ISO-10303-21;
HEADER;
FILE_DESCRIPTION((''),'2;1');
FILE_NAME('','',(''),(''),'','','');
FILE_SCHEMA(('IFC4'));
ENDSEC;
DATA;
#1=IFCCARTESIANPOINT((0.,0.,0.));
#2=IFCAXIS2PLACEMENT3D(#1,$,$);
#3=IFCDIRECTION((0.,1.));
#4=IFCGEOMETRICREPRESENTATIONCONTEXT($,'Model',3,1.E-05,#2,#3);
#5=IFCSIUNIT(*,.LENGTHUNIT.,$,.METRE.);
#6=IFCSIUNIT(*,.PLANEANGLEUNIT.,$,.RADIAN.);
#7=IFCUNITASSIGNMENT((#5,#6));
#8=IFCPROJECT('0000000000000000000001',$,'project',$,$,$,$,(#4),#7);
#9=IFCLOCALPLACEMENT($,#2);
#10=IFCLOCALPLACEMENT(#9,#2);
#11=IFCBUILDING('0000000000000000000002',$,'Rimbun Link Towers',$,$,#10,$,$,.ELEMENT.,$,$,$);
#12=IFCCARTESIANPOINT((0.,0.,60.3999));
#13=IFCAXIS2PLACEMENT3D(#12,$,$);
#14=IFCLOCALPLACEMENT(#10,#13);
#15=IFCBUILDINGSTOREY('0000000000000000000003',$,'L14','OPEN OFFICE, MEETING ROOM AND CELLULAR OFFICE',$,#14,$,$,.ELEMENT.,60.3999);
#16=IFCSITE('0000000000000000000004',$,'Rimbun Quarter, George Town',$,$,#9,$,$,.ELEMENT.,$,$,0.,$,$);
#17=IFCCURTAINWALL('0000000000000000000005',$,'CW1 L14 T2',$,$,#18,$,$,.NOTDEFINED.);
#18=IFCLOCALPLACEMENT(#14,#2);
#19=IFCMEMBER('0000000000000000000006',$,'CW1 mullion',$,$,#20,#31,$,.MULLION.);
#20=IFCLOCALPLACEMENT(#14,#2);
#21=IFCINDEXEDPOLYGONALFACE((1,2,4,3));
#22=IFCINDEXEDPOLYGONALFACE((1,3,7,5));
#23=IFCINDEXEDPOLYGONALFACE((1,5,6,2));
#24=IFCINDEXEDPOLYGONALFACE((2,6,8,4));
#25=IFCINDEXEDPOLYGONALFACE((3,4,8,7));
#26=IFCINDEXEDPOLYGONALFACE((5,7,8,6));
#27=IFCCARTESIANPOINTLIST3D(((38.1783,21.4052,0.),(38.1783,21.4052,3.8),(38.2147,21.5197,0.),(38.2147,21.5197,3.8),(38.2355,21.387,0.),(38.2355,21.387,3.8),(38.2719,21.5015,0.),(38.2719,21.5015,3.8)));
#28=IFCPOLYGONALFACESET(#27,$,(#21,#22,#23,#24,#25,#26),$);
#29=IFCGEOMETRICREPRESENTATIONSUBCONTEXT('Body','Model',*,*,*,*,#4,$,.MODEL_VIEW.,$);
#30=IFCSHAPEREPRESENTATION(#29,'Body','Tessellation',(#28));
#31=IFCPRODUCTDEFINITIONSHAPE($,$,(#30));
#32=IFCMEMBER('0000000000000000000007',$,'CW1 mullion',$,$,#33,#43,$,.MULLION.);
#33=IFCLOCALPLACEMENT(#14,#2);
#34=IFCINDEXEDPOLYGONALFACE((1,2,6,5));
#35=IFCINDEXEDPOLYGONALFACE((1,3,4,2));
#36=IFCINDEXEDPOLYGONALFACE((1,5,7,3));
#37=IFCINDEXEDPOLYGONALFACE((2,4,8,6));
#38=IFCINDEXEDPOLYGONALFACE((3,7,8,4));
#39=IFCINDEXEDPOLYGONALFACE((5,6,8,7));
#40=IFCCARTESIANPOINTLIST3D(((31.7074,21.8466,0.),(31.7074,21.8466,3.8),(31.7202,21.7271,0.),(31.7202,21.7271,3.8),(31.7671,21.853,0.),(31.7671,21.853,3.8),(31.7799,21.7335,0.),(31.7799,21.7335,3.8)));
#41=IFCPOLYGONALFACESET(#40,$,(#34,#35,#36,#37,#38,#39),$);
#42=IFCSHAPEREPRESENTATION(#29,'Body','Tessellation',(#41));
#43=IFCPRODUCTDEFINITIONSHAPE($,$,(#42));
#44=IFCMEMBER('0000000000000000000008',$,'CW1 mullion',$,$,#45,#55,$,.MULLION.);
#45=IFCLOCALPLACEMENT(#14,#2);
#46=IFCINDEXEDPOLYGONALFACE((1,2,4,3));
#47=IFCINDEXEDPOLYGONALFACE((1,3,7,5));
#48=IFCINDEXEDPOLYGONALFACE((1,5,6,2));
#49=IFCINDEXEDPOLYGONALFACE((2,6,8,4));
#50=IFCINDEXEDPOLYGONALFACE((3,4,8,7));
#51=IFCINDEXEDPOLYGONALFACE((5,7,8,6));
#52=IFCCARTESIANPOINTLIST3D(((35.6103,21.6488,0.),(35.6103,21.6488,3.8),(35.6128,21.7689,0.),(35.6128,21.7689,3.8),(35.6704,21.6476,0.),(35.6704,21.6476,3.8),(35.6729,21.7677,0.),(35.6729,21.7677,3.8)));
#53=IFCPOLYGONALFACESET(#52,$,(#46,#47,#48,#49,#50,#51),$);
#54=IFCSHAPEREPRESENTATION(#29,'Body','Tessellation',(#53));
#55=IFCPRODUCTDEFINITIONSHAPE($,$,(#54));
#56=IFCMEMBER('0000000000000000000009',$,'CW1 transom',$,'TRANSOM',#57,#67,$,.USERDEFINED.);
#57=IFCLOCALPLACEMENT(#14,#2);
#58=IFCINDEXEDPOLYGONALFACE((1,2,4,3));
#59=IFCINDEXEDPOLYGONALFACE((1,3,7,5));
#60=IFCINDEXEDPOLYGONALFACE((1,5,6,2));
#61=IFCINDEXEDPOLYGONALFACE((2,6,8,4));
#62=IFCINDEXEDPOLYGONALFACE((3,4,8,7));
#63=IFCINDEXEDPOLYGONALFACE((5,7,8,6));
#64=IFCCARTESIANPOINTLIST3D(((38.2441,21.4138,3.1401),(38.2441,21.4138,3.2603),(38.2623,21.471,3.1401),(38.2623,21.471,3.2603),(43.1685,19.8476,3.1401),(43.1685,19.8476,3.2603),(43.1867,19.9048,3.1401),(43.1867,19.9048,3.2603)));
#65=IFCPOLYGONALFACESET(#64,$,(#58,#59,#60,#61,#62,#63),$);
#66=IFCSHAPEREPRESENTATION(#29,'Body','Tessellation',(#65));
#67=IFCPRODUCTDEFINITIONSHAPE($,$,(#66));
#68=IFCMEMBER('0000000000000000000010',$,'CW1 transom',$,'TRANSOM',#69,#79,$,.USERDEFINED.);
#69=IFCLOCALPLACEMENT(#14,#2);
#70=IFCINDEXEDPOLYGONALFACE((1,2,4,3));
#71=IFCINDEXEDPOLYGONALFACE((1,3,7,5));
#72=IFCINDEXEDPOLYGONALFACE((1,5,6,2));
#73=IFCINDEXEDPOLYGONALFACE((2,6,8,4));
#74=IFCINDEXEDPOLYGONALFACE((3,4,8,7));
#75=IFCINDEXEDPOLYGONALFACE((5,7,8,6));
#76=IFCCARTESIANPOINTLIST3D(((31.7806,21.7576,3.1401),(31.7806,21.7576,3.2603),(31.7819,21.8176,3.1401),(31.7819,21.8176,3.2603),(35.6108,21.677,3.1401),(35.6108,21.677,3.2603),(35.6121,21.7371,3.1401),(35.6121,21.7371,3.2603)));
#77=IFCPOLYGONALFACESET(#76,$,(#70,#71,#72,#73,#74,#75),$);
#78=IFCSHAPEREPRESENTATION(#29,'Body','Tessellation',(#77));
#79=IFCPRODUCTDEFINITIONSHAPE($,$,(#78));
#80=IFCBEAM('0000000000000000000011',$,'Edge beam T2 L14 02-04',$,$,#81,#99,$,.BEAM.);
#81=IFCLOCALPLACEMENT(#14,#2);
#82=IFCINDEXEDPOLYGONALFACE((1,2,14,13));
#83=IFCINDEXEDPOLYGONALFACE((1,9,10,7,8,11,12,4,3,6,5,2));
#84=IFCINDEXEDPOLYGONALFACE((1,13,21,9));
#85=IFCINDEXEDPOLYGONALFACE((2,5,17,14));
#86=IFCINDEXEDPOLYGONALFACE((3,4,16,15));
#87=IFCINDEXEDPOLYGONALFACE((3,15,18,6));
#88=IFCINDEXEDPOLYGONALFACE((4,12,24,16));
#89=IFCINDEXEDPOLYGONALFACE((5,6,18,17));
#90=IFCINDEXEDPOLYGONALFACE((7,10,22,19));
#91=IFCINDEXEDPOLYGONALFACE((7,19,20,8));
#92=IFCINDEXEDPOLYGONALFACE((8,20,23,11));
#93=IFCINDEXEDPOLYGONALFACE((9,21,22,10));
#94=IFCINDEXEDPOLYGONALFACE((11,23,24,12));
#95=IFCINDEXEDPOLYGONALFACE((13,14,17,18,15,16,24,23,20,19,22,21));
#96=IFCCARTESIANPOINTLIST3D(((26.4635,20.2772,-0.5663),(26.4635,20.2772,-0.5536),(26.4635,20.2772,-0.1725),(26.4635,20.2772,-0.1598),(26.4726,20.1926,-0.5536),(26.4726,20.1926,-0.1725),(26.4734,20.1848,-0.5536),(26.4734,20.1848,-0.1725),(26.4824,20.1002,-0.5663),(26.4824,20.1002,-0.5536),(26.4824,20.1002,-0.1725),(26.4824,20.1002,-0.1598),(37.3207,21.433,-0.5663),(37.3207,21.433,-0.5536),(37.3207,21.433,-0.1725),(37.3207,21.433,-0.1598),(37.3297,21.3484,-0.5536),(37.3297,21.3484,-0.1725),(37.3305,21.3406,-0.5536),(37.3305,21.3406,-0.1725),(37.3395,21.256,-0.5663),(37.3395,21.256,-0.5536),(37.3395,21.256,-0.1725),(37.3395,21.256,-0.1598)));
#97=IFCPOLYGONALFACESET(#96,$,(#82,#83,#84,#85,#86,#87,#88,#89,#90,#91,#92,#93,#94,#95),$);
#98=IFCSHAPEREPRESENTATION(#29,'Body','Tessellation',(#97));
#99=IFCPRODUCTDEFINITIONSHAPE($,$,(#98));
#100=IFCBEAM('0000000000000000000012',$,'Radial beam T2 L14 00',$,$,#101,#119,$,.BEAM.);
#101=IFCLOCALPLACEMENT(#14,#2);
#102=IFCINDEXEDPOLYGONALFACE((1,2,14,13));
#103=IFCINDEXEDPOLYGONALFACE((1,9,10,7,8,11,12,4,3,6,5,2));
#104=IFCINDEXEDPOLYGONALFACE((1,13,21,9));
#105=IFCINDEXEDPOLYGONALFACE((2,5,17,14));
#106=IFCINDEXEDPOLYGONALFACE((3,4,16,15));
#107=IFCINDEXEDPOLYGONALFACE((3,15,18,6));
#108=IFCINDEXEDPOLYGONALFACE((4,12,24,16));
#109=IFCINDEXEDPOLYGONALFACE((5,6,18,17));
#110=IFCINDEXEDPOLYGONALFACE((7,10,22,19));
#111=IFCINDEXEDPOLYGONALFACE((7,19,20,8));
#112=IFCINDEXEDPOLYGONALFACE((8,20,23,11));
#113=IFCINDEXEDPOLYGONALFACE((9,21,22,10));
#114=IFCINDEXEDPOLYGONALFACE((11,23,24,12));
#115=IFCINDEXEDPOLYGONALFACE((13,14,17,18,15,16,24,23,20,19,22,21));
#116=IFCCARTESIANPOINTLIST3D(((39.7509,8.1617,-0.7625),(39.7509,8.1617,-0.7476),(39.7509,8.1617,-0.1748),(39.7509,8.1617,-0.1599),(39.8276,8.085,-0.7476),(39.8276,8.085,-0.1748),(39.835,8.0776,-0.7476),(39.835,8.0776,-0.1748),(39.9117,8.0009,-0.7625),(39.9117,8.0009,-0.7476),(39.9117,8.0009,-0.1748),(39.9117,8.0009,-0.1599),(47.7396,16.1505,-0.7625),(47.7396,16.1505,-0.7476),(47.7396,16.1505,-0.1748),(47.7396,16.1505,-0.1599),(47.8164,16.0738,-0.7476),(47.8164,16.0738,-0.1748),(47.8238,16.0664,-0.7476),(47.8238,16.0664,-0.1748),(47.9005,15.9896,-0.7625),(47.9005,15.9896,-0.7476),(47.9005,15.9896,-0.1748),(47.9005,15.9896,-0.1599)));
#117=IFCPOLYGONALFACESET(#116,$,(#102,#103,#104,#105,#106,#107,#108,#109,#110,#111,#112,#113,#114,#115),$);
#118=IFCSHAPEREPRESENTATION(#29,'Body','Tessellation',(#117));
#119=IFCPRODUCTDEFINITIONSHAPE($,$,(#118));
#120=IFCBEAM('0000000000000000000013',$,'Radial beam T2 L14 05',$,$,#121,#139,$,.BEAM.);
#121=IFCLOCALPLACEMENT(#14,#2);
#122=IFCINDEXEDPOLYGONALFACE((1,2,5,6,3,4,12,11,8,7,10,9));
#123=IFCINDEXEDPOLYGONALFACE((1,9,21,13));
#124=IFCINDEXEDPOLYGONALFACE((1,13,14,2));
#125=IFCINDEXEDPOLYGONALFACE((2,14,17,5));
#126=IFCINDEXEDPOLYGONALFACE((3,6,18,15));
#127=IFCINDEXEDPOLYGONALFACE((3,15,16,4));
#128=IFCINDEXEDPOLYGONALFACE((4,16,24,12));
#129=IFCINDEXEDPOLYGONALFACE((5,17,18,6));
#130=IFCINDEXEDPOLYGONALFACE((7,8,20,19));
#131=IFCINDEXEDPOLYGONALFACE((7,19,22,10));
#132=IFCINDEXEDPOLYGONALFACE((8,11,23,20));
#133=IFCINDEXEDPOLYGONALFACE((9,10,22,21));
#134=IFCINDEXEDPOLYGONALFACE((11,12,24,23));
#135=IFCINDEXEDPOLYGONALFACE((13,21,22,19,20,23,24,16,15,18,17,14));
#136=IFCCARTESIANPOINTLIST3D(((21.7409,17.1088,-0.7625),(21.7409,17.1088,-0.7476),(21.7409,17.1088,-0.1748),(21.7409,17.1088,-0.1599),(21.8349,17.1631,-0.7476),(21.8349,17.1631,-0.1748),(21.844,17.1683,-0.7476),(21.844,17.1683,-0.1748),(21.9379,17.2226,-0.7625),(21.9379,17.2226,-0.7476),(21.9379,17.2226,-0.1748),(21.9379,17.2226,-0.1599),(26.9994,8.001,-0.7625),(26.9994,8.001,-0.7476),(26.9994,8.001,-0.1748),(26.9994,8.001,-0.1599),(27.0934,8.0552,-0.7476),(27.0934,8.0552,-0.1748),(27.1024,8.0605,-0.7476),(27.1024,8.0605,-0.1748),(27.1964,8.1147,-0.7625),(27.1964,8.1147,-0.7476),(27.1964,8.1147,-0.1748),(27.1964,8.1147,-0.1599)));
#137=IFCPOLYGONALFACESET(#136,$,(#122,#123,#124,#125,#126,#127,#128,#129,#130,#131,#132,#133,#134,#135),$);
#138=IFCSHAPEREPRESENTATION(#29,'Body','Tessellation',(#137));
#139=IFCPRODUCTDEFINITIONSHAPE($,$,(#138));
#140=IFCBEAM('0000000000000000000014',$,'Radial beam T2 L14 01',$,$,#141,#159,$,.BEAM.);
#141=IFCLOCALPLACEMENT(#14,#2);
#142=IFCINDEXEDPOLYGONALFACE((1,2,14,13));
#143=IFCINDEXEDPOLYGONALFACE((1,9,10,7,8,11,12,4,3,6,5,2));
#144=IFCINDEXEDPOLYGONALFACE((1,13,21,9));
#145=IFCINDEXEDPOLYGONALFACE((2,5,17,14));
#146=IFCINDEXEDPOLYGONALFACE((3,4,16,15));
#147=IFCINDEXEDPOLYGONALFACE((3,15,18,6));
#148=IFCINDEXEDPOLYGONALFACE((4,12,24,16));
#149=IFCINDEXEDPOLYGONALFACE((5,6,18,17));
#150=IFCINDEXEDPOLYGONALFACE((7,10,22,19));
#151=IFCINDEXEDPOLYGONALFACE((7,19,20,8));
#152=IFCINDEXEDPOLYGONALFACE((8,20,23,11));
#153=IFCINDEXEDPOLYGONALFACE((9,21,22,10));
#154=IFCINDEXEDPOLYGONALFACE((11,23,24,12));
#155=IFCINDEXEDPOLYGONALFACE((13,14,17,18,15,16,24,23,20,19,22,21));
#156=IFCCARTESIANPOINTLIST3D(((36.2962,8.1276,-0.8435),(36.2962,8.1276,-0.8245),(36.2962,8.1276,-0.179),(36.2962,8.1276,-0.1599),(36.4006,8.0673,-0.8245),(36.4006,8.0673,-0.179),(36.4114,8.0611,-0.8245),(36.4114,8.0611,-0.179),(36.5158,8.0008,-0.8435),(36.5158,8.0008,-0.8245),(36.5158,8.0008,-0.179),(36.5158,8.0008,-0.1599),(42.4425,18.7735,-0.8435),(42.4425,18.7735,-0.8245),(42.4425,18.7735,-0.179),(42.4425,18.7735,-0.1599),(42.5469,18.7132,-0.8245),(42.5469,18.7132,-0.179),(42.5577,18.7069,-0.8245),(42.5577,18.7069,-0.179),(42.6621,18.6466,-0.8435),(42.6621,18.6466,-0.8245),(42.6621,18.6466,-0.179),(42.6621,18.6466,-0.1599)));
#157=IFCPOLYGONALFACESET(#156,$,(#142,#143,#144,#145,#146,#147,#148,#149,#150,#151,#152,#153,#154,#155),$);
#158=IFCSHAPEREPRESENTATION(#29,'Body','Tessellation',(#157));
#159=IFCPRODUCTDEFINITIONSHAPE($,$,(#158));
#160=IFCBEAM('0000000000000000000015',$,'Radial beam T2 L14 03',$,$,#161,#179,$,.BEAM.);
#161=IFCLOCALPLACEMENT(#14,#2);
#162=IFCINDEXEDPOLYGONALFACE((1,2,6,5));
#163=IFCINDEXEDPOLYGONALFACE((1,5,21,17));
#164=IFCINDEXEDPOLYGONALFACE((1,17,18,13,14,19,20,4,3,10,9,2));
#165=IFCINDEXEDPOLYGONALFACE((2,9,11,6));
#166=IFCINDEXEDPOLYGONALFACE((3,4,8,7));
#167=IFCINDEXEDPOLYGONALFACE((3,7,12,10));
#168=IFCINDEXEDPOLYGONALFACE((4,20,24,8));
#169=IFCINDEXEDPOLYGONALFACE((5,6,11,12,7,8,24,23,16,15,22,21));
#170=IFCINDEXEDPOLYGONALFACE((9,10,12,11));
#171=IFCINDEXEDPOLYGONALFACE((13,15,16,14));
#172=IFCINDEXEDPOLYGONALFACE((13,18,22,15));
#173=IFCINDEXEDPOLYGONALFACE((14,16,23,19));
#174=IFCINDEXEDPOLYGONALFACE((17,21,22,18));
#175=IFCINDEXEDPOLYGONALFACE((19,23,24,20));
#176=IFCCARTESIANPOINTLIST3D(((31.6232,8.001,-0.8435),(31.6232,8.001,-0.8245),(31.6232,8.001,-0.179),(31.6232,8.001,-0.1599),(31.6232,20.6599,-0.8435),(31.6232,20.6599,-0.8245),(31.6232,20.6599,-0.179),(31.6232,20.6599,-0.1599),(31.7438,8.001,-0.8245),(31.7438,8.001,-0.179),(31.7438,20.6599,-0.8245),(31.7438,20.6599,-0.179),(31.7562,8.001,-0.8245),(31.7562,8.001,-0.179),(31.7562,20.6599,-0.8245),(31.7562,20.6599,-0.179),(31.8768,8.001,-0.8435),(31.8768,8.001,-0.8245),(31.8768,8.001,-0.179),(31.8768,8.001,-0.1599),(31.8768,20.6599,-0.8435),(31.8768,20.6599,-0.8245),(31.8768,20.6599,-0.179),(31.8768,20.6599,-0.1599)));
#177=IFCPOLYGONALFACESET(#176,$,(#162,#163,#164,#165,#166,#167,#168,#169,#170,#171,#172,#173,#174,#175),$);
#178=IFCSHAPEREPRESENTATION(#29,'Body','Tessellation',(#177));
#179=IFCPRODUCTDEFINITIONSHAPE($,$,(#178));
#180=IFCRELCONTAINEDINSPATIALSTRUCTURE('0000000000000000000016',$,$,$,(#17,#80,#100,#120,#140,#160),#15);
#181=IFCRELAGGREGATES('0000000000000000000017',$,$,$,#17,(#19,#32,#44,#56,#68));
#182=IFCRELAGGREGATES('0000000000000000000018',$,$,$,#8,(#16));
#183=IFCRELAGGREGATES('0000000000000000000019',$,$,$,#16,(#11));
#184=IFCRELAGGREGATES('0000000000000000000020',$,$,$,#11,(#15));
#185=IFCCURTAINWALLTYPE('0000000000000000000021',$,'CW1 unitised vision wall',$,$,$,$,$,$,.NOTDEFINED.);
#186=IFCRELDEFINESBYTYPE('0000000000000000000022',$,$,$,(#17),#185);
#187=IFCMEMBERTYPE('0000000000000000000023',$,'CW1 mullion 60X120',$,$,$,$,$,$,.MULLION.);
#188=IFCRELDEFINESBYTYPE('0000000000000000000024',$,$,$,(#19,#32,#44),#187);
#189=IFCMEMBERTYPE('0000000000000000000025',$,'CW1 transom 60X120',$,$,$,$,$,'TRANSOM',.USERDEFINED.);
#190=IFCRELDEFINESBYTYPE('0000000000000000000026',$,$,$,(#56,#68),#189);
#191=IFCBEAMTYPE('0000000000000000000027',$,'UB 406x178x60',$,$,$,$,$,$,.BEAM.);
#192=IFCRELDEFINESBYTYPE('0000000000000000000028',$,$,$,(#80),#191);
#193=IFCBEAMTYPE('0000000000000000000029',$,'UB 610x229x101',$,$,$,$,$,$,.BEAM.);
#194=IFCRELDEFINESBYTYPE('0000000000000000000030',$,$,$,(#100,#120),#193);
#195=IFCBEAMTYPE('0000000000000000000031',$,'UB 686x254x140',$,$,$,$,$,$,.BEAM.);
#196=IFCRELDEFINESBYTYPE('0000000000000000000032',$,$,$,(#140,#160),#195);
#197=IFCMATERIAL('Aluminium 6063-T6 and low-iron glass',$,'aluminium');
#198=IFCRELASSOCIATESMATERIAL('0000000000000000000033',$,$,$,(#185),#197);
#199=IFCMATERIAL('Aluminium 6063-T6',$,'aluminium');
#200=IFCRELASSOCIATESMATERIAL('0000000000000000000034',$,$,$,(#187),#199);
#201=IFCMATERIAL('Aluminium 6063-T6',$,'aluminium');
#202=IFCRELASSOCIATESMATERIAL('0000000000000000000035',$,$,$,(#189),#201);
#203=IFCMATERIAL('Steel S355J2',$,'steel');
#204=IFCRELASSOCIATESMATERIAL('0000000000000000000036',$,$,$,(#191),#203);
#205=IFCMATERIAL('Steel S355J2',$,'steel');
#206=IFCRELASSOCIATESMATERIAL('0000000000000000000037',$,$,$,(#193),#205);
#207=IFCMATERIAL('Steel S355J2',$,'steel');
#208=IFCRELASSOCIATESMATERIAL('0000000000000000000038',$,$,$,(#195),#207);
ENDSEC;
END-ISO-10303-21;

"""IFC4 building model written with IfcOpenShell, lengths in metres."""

from ifc_helpers import new_model, si_unit, direction, frame, origin, origin_2d, place, context, subcontext, project, spatial, rectangle, i_section, extrude, material, material_profile, profile_set, type_object, element, aggregate, save


model = new_model("IFC4")

# Units and contexts
model_context = context("Model", 3, precision=1e-05, world=origin(), true_north=direction((0.0, 1.0)))
body_context = subcontext(model_context, "Body", "Model", "MODEL_VIEW")
ifc_project = project(units=[si_unit("LENGTHUNIT", "METRE"), si_unit("PLANEANGLEUNIT", "RADIAN")], contexts=[model_context])

# Site, building, storey
site_placement = place(None, origin())
site = spatial("IfcSite", under=ifc_project, at=site_placement, Name="Rimbun Quarter, George Town", CompositionType="ELEMENT", RefElevation=0.0)
building_placement = place(site_placement, origin())
building = spatial("IfcBuilding", under=site, at=building_placement, Name="Rimbun Link Towers", CompositionType="ELEMENT")
storey_placement = place(building_placement, frame((0.0, 0.0, 60.3999)))
storey = spatial("IfcBuildingStorey", under=building, at=storey_placement, Name="L14", Description="OPEN OFFICE, MEETING ROOM AND CELLULAR OFFICE", CompositionType="ELEMENT", Elevation=60.3999)

# Curtain wall, members
ifc_material_1 = material(Name="Aluminium 6063-T6 and low-iron glass", Category="aluminium")
curtain_wall_type = type_object("IfcCurtainWallType", Name="CW1 unitised vision wall", PredefinedType="NOTDEFINED", material=ifc_material_1)
curtain_wall_placement = place(storey_placement, origin())
curtain_wall = element("IfcCurtainWall", 1, at=curtain_wall_placement, inside=storey, type_object=curtain_wall_type, Name="CW1 L14 T2", PredefinedType="NOTDEFINED")
ifc_material_2 = material(Name="Aluminium 6063-T6", Category="aluminium")
ifc_material_profile_1 = material_profile(ifc_material_2, rectangle(XDim=0.1201, YDim=0.0601, at=origin_2d()), Name="MULLION 60X120")
ifc_profile_set_1 = profile_set([ifc_material_profile_1], Name="Aluminium 6063-T6")
member_type_1 = type_object("IfcMemberType", Name="CW1 mullion 60X120", PredefinedType="MULLION", material=ifc_profile_set_1)
member_1_placement = place(storey_placement, frame((38.2251, 21.4534, 0.0), z_axis=(0.0, 0.0, 1.0), x_axis=(0.303073, 0.952967, 0.0)))
member_1 = element("IfcMember", 2, at=member_1_placement, type_object=member_type_1, Name="CW1 mullion", PredefinedType="MULLION", context=body_context, shape_type="SweptSolid", body=[
    extrude(rectangle(XDim=0.1201, YDim=0.0601, at=origin_2d()), origin(), (0.0, 0.0, 1.0), 3.8),
])
member_2_placement = place(storey_placement, frame((31.7437, 21.79, 0.0), z_axis=(0.0, 0.0, 1.0), x_axis=(-0.10664, 0.994298, 0.0)))
member_2 = element("IfcMember", 3, at=member_2_placement, type_object=member_type_1, Name="CW1 mullion", PredefinedType="MULLION", context=body_context, shape_type="SweptSolid", body=[
    extrude(rectangle(XDim=0.1201, YDim=0.0601, at=origin_2d()), origin(), (0.0, 0.0, 1.0), 3.8),
])
member_3_placement = place(storey_placement, frame((35.6416, 21.7083, 0.0), z_axis=(0.0, 0.0, 1.0), x_axis=(0.021066, 0.999778, 0.0)))
member_3 = element("IfcMember", 4, at=member_3_placement, type_object=member_type_1, Name="CW1 mullion", PredefinedType="MULLION", context=body_context, shape_type="SweptSolid", body=[
    extrude(rectangle(XDim=0.1201, YDim=0.0601, at=origin_2d()), origin(), (0.0, 0.0, 1.0), 3.8),
])
ifc_material_3 = material(Name="Aluminium 6063-T6", Category="aluminium")
ifc_material_profile_2 = material_profile(ifc_material_3, rectangle(XDim=0.0601, YDim=0.1201, at=origin_2d()), Name="TRANSOM 60X120")
ifc_profile_set_2 = profile_set([ifc_material_profile_2], Name="Aluminium 6063-T6")
member_type_2 = type_object("IfcMemberType", Name="CW1 transom 60X120", ElementType="TRANSOM", PredefinedType="USERDEFINED", material=ifc_profile_set_2)
member_4_placement = place(storey_placement, frame((38.2532, 21.4424, 3.2002), z_axis=(0.952963, -0.303087, 0.0), x_axis=(0.303087, 0.952963, 0.0)))
member_4 = element("IfcMember", 5, at=member_4_placement, type_object=member_type_2, Name="CW1 transom", ObjectType="TRANSOM", PredefinedType="USERDEFINED", context=body_context, shape_type="SweptSolid", body=[
    extrude(rectangle(XDim=0.0601, YDim=0.1201, at=origin_2d()), origin(), (0.0, 0.0, 1.0), 5.1675),
])
member_5_placement = place(storey_placement, frame((31.7812, 21.7876, 3.2002), z_axis=(0.999779, -0.021029, 0.0), x_axis=(0.021029, 0.999779, 0.0)))
member_5 = element("IfcMember", 6, at=member_5_placement, type_object=member_type_2, Name="CW1 transom", ObjectType="TRANSOM", PredefinedType="USERDEFINED", context=body_context, shape_type="SweptSolid", body=[
    extrude(rectangle(XDim=0.0601, YDim=0.1201, at=origin_2d()), origin(), (0.0, 0.0, 1.0), 3.8311),
])

# Beams
ifc_material_4 = material(Name="Steel S355J2", Category="steel")
ifc_material_profile_3 = material_profile(ifc_material_4, i_section(OverallWidth=0.178, OverallDepth=0.4065, WebThickness=0.0078, FlangeThickness=0.0127, at=origin_2d()), Name="UB 406x178x60")
ifc_profile_set_3 = profile_set([ifc_material_profile_3], Name="Steel S355J2")
beam_type_1 = type_object("IfcBeamType", Name="UB 406x178x60", PredefinedType="BEAM", material=ifc_profile_set_3)
beam_1_placement = place(storey_placement, frame((37.3301, 21.3445, -0.363), z_axis=(-0.994382, -0.105853, 0.0), x_axis=(0.105853, -0.994382, 0.0)))
element("IfcBeam", 7, at=beam_1_placement, inside=storey, type_object=beam_type_1, Name="Edge beam T2 L14 02-04", PredefinedType="BEAM", context=body_context, shape_type="SweptSolid", body=[
    extrude(i_section(OverallWidth=0.178, OverallDepth=0.4065, WebThickness=0.0078, FlangeThickness=0.0127, at=origin_2d()), origin(), (0.0, 0.0, 1.0), 10.9185),
])
ifc_material_5 = material(Name="Steel S355J2", Category="steel")
ifc_material_profile_4 = material_profile(ifc_material_5, i_section(OverallWidth=0.2275, OverallDepth=0.6025, WebThickness=0.0105, FlangeThickness=0.0149, at=origin_2d()), Name="UB 610x229x101")
ifc_profile_set_4 = profile_set([ifc_material_profile_4], Name="Steel S355J2")
beam_type_2 = type_object("IfcBeamType", Name="UB 610x229x101", PredefinedType="BEAM", material=ifc_profile_set_4)
beam_2_placement = place(storey_placement, frame((39.8313, 8.0813, -0.4612), z_axis=(0.707107, 0.707107, 0.0), x_axis=(-0.707107, 0.707107, 0.0)))
element("IfcBeam", 8, at=beam_2_placement, inside=storey, type_object=beam_type_2, Name="Radial beam T2 L14 00", PredefinedType="BEAM", context=body_context, shape_type="SweptSolid", body=[
    extrude(i_section(OverallWidth=0.2275, OverallDepth=0.6025, WebThickness=0.0105, FlangeThickness=0.0149, at=origin_2d()), origin(), (0.0, 0.0, 1.0), 11.2979),
])
beam_3_placement = place(storey_placement, frame((27.0979, 8.0579, -0.4612), z_axis=(-0.500006, 0.866022, 0.0), x_axis=(-0.866022, -0.500006, 0.0)))
element("IfcBeam", 9, at=beam_3_placement, inside=storey, type_object=beam_type_2, Name="Radial beam T2 L14 05", PredefinedType="BEAM", context=body_context, shape_type="SweptSolid", body=[
    extrude(i_section(OverallWidth=0.2275, OverallDepth=0.6025, WebThickness=0.0105, FlangeThickness=0.0149, at=origin_2d()), origin(), (0.0, 0.0, 1.0), 10.5168),
])
ifc_material_6 = material(Name="Steel S355J2", Category="steel")
ifc_material_profile_5 = material_profile(ifc_material_6, i_section(OverallWidth=0.2537, OverallDepth=0.6836, WebThickness=0.0125, FlangeThickness=0.019, at=origin_2d()), Name="UB 686x254x140")
ifc_profile_set_5 = profile_set([ifc_material_profile_5], Name="Steel S355J2")
beam_type_3 = type_object("IfcBeamType", Name="UB 686x254x140", PredefinedType="BEAM", material=ifc_profile_set_5)
beam_4_placement = place(storey_placement, frame((36.406, 8.0642, -0.5017), z_axis=(0.499995, 0.866028, 0.0), x_axis=(-0.866028, 0.499995, 0.0)))
element("IfcBeam", 10, at=beam_4_placement, inside=storey, type_object=beam_type_3, Name="Radial beam T2 L14 01", PredefinedType="BEAM", context=body_context, shape_type="SweptSolid", body=[
    extrude(i_section(OverallWidth=0.2537, OverallDepth=0.6836, WebThickness=0.0125, FlangeThickness=0.019, at=origin_2d()), origin(), (0.0, 0.0, 1.0), 12.2927),
])
beam_5_placement = place(storey_placement, frame((31.75, 8.001, -0.5017), z_axis=(0.0, 1.0, 0.0), x_axis=(-1.0, 0.0, 0.0)))
element("IfcBeam", 11, at=beam_5_placement, inside=storey, type_object=beam_type_3, Name="Radial beam T2 L14 03", PredefinedType="BEAM", context=body_context, shape_type="SweptSolid", body=[
    extrude(i_section(OverallWidth=0.2537, OverallDepth=0.6836, WebThickness=0.0125, FlangeThickness=0.019, at=origin_2d()), origin(), (0.0, 0.0, 1.0), 12.6589),
])

aggregate(curtain_wall, [member_1, member_2, member_3, member_4, member_5])

save(model, "model.ifc")
